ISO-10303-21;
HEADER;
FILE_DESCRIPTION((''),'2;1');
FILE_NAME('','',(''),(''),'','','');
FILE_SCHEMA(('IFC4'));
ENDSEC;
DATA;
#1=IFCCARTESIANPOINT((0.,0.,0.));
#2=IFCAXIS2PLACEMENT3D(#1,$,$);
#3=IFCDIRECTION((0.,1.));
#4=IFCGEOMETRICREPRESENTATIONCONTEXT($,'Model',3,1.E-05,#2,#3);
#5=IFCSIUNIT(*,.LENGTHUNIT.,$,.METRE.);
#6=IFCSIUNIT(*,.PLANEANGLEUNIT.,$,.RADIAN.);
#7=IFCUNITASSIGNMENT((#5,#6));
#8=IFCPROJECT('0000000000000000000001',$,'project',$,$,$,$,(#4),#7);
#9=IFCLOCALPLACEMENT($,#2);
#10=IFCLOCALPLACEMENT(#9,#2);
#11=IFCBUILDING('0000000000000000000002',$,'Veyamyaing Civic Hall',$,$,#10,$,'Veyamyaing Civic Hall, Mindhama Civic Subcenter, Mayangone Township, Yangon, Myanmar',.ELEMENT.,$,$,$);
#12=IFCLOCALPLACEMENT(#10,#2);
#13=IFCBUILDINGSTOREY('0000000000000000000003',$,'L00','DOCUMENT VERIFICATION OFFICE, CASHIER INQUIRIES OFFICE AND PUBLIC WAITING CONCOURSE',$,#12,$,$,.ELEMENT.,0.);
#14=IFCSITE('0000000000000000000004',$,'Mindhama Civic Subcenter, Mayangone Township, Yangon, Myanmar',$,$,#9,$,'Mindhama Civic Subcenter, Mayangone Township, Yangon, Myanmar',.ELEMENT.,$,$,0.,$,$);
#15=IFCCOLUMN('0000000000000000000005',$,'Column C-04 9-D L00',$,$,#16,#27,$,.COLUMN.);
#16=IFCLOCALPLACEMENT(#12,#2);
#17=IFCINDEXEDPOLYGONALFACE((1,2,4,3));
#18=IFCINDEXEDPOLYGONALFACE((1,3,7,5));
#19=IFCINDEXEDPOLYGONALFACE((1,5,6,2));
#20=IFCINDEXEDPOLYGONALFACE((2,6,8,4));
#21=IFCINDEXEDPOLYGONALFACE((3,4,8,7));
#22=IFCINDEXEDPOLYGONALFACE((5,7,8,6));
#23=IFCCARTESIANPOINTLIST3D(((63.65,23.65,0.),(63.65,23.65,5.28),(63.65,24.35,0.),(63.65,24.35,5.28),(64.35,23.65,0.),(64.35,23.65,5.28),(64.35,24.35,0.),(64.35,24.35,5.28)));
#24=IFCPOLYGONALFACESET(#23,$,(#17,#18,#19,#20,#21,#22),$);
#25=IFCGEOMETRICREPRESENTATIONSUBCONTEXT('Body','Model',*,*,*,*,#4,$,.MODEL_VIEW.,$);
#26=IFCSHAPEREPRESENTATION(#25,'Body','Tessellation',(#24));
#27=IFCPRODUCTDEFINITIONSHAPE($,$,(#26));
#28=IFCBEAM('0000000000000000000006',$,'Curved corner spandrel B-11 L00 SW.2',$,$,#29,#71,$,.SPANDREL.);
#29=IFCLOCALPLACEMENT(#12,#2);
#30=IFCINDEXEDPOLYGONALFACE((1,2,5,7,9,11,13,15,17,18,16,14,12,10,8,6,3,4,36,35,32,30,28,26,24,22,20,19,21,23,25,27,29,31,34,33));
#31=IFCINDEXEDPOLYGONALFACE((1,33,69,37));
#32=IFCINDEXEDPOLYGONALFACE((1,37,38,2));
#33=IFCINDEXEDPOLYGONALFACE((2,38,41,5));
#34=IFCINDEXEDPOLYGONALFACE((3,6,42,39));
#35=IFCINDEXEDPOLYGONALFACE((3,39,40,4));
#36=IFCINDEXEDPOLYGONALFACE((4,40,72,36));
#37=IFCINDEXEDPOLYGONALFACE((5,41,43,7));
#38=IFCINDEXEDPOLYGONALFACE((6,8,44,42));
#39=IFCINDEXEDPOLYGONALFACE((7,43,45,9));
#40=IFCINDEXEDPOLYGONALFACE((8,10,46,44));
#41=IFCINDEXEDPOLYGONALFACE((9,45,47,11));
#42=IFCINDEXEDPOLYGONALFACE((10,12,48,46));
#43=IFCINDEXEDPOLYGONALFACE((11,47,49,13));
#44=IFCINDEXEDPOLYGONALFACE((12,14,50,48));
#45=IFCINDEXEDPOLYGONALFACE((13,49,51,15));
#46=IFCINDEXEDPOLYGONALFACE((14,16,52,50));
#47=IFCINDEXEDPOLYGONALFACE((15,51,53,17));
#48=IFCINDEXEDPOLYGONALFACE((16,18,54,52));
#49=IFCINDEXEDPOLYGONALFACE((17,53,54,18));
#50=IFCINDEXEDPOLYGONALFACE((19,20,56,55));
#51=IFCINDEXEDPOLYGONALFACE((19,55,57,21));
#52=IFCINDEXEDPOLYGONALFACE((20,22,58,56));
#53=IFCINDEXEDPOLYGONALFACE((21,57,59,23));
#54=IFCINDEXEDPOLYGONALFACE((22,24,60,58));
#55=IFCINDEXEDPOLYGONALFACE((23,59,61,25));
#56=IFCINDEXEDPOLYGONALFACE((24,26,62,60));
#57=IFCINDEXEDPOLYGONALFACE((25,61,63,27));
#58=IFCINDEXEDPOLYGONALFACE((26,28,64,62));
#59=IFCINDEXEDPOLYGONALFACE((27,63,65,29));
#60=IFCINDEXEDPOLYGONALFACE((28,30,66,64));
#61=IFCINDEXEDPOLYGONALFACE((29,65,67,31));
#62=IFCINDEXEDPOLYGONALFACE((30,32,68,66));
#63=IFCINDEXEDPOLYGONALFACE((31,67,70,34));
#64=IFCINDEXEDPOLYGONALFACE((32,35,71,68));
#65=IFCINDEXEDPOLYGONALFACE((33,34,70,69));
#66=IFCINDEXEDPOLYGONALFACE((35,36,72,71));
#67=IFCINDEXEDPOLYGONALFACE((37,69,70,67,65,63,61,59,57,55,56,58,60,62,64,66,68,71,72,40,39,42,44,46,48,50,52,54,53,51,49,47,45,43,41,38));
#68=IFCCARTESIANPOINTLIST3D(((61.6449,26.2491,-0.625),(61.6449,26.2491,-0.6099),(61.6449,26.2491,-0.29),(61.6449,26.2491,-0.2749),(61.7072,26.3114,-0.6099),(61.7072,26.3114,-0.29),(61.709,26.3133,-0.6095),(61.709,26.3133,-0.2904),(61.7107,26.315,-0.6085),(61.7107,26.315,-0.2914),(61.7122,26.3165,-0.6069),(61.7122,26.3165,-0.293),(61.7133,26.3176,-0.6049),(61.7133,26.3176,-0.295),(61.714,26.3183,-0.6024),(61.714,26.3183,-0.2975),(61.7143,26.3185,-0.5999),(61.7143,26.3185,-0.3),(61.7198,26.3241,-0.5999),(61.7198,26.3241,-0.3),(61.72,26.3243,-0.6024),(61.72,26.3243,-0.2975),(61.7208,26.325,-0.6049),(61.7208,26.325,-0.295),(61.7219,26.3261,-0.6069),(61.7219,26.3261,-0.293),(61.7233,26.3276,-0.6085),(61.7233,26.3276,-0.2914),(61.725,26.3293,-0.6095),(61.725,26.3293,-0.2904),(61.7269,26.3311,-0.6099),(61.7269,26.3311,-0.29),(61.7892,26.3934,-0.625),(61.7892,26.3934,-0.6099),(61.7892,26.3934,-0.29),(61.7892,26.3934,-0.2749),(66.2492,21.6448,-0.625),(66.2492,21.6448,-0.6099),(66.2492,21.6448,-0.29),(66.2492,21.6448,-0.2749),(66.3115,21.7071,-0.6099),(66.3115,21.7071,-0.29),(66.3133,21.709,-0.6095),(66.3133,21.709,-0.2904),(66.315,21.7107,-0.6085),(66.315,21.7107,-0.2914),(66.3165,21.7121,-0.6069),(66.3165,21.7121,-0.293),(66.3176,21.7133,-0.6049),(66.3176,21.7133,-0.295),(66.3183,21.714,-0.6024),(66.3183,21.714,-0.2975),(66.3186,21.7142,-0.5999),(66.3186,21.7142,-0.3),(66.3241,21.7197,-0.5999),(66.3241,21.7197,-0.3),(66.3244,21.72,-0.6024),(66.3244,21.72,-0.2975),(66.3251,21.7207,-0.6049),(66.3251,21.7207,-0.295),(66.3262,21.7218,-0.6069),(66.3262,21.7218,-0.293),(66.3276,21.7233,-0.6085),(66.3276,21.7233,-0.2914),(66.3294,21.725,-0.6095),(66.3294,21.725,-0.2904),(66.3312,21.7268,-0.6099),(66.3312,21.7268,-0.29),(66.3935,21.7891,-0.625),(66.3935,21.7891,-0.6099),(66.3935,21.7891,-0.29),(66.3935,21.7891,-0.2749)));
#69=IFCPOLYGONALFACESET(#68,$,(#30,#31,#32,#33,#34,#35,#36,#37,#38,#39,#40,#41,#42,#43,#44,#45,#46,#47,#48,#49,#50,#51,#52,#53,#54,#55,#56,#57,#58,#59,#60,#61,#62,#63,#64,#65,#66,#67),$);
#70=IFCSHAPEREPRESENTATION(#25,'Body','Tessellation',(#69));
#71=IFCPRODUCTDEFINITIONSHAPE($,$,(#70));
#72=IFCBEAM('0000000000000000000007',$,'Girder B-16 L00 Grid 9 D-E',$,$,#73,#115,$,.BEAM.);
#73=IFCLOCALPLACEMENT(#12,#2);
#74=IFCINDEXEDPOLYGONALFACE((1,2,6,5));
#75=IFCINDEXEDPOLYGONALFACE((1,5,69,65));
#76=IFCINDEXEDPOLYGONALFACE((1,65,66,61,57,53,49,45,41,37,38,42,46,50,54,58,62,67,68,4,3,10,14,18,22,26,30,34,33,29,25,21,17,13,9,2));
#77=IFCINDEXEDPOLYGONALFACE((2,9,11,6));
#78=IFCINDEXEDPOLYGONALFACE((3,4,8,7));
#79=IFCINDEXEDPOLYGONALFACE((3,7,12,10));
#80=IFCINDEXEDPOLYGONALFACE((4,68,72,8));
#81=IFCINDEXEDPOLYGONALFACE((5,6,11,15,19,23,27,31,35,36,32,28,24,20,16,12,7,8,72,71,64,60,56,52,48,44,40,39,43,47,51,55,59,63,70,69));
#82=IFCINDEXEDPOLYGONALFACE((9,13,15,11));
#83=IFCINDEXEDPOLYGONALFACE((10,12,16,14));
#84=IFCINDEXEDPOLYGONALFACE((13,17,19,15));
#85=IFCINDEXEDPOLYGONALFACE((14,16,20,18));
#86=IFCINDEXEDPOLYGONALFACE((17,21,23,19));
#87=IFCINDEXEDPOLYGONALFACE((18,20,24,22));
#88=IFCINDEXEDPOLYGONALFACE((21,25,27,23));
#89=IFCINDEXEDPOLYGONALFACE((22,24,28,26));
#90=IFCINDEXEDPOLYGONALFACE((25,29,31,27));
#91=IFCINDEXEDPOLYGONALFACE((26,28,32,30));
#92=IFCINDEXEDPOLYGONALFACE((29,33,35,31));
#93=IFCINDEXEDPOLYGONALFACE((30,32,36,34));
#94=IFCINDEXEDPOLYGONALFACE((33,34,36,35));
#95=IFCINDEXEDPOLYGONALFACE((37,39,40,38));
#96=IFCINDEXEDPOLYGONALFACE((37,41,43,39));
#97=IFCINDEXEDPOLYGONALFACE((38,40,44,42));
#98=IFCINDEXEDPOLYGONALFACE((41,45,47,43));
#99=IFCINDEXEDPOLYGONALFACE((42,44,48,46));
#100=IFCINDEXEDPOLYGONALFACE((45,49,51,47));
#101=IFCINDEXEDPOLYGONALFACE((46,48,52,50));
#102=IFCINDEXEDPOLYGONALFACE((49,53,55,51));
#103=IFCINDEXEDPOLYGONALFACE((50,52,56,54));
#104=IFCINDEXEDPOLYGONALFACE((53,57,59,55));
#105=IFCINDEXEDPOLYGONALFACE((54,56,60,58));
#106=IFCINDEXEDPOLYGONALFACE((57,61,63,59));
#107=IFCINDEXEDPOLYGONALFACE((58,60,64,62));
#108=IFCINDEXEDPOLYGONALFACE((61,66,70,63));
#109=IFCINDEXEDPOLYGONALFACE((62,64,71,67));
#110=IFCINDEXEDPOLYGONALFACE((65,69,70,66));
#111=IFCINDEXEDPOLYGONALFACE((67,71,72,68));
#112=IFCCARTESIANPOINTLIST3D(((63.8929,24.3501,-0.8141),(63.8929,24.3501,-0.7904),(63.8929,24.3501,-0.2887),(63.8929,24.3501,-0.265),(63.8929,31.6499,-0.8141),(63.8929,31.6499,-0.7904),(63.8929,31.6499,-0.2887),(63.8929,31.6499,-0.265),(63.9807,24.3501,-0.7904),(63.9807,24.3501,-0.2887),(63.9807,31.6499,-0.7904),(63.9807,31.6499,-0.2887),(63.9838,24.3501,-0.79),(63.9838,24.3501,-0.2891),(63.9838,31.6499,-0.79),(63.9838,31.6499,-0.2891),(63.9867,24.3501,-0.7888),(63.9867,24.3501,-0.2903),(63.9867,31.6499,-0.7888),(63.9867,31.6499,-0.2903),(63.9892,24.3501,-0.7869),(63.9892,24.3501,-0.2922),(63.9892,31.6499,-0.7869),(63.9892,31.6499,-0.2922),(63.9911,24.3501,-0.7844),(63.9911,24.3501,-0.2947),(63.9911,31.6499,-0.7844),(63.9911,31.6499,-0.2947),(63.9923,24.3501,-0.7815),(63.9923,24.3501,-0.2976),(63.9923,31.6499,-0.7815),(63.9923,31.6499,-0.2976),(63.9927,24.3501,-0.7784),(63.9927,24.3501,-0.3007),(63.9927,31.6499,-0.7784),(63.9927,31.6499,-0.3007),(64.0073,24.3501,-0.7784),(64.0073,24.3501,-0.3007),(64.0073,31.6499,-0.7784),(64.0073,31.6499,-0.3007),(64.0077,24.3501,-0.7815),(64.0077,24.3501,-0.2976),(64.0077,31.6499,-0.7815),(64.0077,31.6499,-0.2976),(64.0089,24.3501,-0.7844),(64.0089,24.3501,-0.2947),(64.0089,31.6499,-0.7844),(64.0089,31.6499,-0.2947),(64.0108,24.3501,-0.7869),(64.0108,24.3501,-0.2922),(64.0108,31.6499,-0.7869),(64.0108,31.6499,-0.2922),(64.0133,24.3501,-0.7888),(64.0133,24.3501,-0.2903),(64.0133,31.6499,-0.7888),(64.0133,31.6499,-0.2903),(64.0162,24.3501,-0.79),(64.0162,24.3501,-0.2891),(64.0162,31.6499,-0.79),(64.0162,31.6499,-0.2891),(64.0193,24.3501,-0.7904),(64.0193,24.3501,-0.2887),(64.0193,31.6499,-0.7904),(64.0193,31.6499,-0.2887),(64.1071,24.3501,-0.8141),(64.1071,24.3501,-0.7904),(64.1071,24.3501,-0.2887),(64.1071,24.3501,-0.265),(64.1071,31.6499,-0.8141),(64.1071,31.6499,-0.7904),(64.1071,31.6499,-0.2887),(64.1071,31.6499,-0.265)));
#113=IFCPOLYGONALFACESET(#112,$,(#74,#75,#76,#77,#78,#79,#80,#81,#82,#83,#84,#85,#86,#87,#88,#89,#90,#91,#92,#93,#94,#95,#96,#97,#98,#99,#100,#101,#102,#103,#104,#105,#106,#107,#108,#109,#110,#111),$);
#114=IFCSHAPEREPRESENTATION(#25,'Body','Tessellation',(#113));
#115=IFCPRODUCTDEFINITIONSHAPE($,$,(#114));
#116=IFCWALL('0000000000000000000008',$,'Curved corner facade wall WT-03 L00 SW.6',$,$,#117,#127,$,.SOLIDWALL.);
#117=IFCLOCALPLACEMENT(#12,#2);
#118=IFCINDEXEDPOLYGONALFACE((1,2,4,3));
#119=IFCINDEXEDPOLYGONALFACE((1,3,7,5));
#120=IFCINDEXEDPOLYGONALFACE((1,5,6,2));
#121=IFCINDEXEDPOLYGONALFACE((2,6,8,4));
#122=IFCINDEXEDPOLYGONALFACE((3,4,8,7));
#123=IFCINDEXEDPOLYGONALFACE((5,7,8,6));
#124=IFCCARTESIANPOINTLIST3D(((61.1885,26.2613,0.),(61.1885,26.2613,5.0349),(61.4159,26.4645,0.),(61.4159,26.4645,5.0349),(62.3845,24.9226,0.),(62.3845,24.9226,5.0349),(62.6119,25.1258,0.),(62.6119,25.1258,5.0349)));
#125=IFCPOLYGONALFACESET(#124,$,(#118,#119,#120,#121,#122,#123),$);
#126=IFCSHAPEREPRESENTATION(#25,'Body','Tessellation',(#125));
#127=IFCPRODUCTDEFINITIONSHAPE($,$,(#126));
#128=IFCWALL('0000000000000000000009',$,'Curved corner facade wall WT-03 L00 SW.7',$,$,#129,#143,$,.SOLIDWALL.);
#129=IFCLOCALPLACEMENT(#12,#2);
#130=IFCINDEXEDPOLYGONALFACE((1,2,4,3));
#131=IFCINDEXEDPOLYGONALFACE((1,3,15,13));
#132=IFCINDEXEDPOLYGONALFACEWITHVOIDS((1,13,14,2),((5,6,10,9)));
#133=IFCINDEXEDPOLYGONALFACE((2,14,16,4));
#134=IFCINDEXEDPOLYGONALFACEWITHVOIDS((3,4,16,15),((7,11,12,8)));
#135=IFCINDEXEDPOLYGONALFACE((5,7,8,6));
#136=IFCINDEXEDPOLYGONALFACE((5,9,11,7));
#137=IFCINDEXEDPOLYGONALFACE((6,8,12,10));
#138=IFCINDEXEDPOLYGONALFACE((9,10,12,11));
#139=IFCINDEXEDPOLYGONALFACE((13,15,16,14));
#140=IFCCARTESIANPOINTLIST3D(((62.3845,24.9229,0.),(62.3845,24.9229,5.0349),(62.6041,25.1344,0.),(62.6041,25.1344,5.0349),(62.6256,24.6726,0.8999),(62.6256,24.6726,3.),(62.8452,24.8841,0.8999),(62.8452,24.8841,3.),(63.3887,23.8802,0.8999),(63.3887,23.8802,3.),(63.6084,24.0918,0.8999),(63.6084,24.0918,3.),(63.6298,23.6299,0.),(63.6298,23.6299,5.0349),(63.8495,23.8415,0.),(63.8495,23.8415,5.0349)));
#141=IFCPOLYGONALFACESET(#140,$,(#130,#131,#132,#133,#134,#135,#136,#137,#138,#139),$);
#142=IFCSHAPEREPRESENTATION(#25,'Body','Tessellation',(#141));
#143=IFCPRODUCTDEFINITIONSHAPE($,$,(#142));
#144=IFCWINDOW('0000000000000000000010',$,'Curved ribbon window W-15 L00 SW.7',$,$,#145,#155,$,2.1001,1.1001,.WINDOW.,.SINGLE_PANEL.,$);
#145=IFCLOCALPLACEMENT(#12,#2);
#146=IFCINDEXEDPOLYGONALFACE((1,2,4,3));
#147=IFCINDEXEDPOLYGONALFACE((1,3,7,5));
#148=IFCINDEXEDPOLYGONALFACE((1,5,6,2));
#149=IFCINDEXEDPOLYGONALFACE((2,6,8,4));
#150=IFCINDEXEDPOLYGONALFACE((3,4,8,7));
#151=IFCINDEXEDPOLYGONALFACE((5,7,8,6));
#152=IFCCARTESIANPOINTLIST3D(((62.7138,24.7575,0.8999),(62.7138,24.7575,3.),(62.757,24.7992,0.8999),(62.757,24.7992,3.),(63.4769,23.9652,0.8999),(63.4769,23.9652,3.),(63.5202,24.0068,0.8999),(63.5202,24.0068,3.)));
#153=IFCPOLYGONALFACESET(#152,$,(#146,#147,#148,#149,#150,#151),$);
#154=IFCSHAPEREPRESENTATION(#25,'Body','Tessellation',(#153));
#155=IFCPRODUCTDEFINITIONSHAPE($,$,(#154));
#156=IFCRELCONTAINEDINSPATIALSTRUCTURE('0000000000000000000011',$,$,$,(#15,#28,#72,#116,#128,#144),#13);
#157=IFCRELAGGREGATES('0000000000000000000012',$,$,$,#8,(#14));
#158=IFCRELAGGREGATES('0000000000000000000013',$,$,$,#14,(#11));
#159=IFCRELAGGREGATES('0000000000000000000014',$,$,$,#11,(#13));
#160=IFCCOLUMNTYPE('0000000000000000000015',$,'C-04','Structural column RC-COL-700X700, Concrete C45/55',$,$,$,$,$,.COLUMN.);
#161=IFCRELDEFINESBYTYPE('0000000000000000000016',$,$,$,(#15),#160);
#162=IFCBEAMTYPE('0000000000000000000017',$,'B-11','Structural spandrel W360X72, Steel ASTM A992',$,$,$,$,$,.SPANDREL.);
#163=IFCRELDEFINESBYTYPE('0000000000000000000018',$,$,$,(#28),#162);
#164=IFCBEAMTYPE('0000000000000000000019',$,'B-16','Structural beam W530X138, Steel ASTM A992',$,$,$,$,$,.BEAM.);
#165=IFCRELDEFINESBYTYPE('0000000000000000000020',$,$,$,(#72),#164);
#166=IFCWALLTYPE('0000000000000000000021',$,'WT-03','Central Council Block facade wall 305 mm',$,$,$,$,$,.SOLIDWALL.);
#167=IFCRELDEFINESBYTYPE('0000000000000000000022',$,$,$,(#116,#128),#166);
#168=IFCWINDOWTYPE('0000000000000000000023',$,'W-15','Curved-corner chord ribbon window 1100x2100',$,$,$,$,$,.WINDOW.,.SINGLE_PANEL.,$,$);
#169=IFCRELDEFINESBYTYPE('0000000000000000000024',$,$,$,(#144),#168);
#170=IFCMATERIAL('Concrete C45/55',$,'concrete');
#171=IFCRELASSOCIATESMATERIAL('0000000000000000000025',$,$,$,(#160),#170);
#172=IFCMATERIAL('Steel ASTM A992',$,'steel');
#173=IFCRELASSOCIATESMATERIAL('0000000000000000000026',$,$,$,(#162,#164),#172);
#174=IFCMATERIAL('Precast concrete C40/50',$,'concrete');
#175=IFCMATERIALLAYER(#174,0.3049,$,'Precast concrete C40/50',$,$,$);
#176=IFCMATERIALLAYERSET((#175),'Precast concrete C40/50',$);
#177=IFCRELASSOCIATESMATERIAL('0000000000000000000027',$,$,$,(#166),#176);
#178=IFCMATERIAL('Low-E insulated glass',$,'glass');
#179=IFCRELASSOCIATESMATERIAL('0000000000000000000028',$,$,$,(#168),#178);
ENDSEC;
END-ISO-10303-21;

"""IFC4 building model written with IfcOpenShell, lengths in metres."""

from ifc_helpers import new_model, si_unit, direction, frame, frame_2d, origin, origin_2d, place, context, subcontext, project, spatial, rectangle, i_section, extrude, material, layer, layer_set, material_profile, profile_set, type_object, element, fill, save


model = new_model("IFC4")

# Units and contexts
model_context = context("Model", 3, precision=1e-05, world=origin(), true_north=direction((0.0, 1.0)))
body_context = subcontext(model_context, "Body", "Model", "MODEL_VIEW")
ifc_project = project(units=[si_unit("LENGTHUNIT", "METRE"), si_unit("PLANEANGLEUNIT", "RADIAN")], contexts=[model_context])

# Site, building, storey
site_placement = place(None, origin())
site = spatial("IfcSite", under=ifc_project, at=site_placement, Name="Mindhama Civic Subcenter, Mayangone Township, Yangon, Myanmar", LongName="Mindhama Civic Subcenter, Mayangone Township, Yangon, Myanmar", CompositionType="ELEMENT", RefElevation=0.0)
building_placement = place(site_placement, origin())
building = spatial("IfcBuilding", under=site, at=building_placement, Name="Veyamyaing Civic Hall", LongName="Veyamyaing Civic Hall, Mindhama Civic Subcenter, Mayangone Township, Yangon, Myanmar", CompositionType="ELEMENT")
storey_placement = place(building_placement, origin())
storey = spatial("IfcBuildingStorey", under=building, at=storey_placement, Name="L00", Description="DOCUMENT VERIFICATION OFFICE, CASHIER INQUIRIES OFFICE AND PUBLIC WAITING CONCOURSE", CompositionType="ELEMENT", Elevation=0.0)

# Column
ifc_material_1 = material(Name="Concrete C45/55", Category="concrete")
ifc_material_profile_1 = material_profile(ifc_material_1, rectangle(XDim=0.7, YDim=0.7, at=origin_2d()), Name="RC-COL-700X700")
ifc_profile_set_1 = profile_set([ifc_material_profile_1], Name="Concrete C45/55")
column_type = type_object("IfcColumnType", Name="C-04", Description="Structural column RC-COL-700X700, Concrete C45/55", PredefinedType="COLUMN", material=ifc_profile_set_1)
column_placement = place(storey_placement, frame((64.0, 24.0, 0.0), z_axis=(0.0, 0.0, 1.0), x_axis=(1.0, 0.0, 0.0)))
element("IfcColumn", 1, at=column_placement, inside=storey, type_object=column_type, Name="Column C-04 9-D L00", PredefinedType="COLUMN", context=body_context, shape_type="SweptSolid", body=[
    extrude(rectangle(XDim=0.7, YDim=0.7, at=origin_2d()), origin(), (0.0, 0.0, 1.0), 5.28),
])

# Beams
ifc_material_2 = material(Name="Steel ASTM A992", Category="steel")
ifc_material_profile_2 = material_profile(ifc_material_2, i_section(OverallWidth=0.2041, OverallDepth=0.3501, WebThickness=0.0078, FlangeThickness=0.0151, FilletRadius=0.01, at=origin_2d()), Name="W360X72")
ifc_profile_set_2 = profile_set([ifc_material_profile_2], Name="Steel ASTM A992")
beam_type_1 = type_object("IfcBeamType", Name="B-11", Description="Structural spandrel W360X72, Steel ASTM A992", PredefinedType="SPANDREL", material=ifc_profile_set_2)
beam_1_placement = place(storey_placement, frame((61.717, 26.3213, -0.45), z_axis=(0.707107, -0.707107, 0.0), x_axis=(0.707107, 0.707107, 0.0)))
element("IfcBeam", 2, at=beam_1_placement, inside=storey, type_object=beam_type_1, Name="Curved corner spandrel B-11 L00 SW.2", PredefinedType="SPANDREL", context=body_context, shape_type="SweptSolid", body=[
    extrude(i_section(OverallWidth=0.2041, OverallDepth=0.3501, WebThickness=0.0078, FlangeThickness=0.0151, FilletRadius=0.01, at=origin_2d()), origin(), (0.0, 0.0, 1.0), 6.5115),
])
ifc_material_profile_3 = material_profile(ifc_material_2, i_section(OverallWidth=0.2141, OverallDepth=0.5491, WebThickness=0.0146, FlangeThickness=0.0237, FilletRadius=0.012, at=origin_2d()), Name="W530X138")
ifc_profile_set_3 = profile_set([ifc_material_profile_3], Name="Steel ASTM A992")
beam_type_2 = type_object("IfcBeamType", Name="B-16", Description="Structural beam W530X138, Steel ASTM A992", PredefinedType="BEAM", material=ifc_profile_set_3)
beam_2_placement = place(storey_placement, frame((64.0, 24.3501, -0.5396), z_axis=(0.0, 1.0, 0.0), x_axis=(-1.0, 0.0, 0.0)))
element("IfcBeam", 3, at=beam_2_placement, inside=storey, type_object=beam_type_2, Name="Girder B-16 L00 Grid 9 D-E", PredefinedType="BEAM", context=body_context, shape_type="SweptSolid", body=[
    extrude(i_section(OverallWidth=0.2141, OverallDepth=0.5491, WebThickness=0.0146, FlangeThickness=0.0237, FilletRadius=0.012, at=origin_2d()), origin(), (0.0, 0.0, 1.0), 7.2998),
])

# Wall
ifc_material_3 = material(Name="Precast concrete C40/50", Category="concrete")
ifc_layer_1 = layer(ifc_material_3, 0.3049, Name="Precast concrete C40/50")
ifc_layer_set_1 = layer_set([ifc_layer_1], Name="Precast concrete C40/50")
wall_type_1 = type_object("IfcWallType", Name="WT-03", Description="Central Council Block facade wall 305 mm", PredefinedType="SOLIDWALL", material=ifc_layer_set_1)
wall_1_placement = place(storey_placement, frame((61.3022, 26.3628, 0.0), z_axis=(0.0, 0.0, 1.0), x_axis=(0.666278, -0.745704, 0.0)))
element("IfcWall", 4, at=wall_1_placement, inside=storey, type_object=wall_type_1, Name="Curved corner facade wall WT-03 L00 SW.6", PredefinedType="SOLIDWALL", context=body_context, shape_type="SweptSolid", body=[
    extrude(rectangle(XDim=1.7952, YDim=0.3049, at=frame_2d((0.8975, 0.0))), origin(), (0.0, 0.0, 1.0), 5.0349),
])

# Wall, opening, window
wall_2_placement = place(storey_placement, frame((62.4944, 25.0286, 0.0), z_axis=(0.0, 0.0, 1.0), x_axis=(0.693723, -0.720242, 0.0)))
wall_2 = element("IfcWall", 5, at=wall_2_placement, inside=storey, type_object=wall_type_1, Name="Curved corner facade wall WT-03 L00 SW.7", PredefinedType="SOLIDWALL", context=body_context, shape_type="SweptSolid", body=[
    extrude(rectangle(XDim=1.7952, YDim=0.3049, at=frame_2d((0.8975, 0.0))), origin(), (0.0, 0.0, 1.0), 5.0349),
])
opening_1_placement = place(wall_2_placement, frame((0.3474, 0.0, 0.8999)))
opening_1 = element("IfcOpeningElement", 6, at=opening_1_placement, cuts=wall_2, PredefinedType="OPENING", context=body_context, shape_type="SweptSolid", body=[
    extrude(rectangle(XDim=1.1001, YDim=2.1001, at=frame_2d((0.55, 1.05))), frame((0.0, 0.1624, 0.0), z_axis=(0.0, -1.0, 0.0), x_axis=(1.0, 0.0, 0.0)), (0.0, 0.0, 1.0), 0.325),
])
ifc_material_4 = material(Name="Low-E insulated glass", Category="glass")
window_type = type_object("IfcWindowType", Name="W-15", Description="Curved-corner chord ribbon window 1100x2100", PartitioningType="SINGLE_PANEL", PredefinedType="WINDOW", material=ifc_material_4)
window_1_placement = place(opening_1_placement, origin())
window_1 = element("IfcWindow", 7, at=window_1_placement, inside=storey, type_object=window_type, Name="Curved ribbon window W-15 L00 SW.7", OverallHeight=2.1001, OverallWidth=1.1001, PartitioningType="SINGLE_PANEL", PredefinedType="WINDOW", context=body_context, shape_type="SweptSolid", body=[
    extrude(rectangle(XDim=1.1001, YDim=2.1001, at=frame_2d((0.55, 1.05))), frame((0.0, 0.03, 0.0), z_axis=(0.0, -1.0, 0.0), x_axis=(1.0, 0.0, 0.0)), (0.0, 0.0, 1.0), 0.0601),
])
fill(opening_1, window_1)

save(model, "model.ifc")
